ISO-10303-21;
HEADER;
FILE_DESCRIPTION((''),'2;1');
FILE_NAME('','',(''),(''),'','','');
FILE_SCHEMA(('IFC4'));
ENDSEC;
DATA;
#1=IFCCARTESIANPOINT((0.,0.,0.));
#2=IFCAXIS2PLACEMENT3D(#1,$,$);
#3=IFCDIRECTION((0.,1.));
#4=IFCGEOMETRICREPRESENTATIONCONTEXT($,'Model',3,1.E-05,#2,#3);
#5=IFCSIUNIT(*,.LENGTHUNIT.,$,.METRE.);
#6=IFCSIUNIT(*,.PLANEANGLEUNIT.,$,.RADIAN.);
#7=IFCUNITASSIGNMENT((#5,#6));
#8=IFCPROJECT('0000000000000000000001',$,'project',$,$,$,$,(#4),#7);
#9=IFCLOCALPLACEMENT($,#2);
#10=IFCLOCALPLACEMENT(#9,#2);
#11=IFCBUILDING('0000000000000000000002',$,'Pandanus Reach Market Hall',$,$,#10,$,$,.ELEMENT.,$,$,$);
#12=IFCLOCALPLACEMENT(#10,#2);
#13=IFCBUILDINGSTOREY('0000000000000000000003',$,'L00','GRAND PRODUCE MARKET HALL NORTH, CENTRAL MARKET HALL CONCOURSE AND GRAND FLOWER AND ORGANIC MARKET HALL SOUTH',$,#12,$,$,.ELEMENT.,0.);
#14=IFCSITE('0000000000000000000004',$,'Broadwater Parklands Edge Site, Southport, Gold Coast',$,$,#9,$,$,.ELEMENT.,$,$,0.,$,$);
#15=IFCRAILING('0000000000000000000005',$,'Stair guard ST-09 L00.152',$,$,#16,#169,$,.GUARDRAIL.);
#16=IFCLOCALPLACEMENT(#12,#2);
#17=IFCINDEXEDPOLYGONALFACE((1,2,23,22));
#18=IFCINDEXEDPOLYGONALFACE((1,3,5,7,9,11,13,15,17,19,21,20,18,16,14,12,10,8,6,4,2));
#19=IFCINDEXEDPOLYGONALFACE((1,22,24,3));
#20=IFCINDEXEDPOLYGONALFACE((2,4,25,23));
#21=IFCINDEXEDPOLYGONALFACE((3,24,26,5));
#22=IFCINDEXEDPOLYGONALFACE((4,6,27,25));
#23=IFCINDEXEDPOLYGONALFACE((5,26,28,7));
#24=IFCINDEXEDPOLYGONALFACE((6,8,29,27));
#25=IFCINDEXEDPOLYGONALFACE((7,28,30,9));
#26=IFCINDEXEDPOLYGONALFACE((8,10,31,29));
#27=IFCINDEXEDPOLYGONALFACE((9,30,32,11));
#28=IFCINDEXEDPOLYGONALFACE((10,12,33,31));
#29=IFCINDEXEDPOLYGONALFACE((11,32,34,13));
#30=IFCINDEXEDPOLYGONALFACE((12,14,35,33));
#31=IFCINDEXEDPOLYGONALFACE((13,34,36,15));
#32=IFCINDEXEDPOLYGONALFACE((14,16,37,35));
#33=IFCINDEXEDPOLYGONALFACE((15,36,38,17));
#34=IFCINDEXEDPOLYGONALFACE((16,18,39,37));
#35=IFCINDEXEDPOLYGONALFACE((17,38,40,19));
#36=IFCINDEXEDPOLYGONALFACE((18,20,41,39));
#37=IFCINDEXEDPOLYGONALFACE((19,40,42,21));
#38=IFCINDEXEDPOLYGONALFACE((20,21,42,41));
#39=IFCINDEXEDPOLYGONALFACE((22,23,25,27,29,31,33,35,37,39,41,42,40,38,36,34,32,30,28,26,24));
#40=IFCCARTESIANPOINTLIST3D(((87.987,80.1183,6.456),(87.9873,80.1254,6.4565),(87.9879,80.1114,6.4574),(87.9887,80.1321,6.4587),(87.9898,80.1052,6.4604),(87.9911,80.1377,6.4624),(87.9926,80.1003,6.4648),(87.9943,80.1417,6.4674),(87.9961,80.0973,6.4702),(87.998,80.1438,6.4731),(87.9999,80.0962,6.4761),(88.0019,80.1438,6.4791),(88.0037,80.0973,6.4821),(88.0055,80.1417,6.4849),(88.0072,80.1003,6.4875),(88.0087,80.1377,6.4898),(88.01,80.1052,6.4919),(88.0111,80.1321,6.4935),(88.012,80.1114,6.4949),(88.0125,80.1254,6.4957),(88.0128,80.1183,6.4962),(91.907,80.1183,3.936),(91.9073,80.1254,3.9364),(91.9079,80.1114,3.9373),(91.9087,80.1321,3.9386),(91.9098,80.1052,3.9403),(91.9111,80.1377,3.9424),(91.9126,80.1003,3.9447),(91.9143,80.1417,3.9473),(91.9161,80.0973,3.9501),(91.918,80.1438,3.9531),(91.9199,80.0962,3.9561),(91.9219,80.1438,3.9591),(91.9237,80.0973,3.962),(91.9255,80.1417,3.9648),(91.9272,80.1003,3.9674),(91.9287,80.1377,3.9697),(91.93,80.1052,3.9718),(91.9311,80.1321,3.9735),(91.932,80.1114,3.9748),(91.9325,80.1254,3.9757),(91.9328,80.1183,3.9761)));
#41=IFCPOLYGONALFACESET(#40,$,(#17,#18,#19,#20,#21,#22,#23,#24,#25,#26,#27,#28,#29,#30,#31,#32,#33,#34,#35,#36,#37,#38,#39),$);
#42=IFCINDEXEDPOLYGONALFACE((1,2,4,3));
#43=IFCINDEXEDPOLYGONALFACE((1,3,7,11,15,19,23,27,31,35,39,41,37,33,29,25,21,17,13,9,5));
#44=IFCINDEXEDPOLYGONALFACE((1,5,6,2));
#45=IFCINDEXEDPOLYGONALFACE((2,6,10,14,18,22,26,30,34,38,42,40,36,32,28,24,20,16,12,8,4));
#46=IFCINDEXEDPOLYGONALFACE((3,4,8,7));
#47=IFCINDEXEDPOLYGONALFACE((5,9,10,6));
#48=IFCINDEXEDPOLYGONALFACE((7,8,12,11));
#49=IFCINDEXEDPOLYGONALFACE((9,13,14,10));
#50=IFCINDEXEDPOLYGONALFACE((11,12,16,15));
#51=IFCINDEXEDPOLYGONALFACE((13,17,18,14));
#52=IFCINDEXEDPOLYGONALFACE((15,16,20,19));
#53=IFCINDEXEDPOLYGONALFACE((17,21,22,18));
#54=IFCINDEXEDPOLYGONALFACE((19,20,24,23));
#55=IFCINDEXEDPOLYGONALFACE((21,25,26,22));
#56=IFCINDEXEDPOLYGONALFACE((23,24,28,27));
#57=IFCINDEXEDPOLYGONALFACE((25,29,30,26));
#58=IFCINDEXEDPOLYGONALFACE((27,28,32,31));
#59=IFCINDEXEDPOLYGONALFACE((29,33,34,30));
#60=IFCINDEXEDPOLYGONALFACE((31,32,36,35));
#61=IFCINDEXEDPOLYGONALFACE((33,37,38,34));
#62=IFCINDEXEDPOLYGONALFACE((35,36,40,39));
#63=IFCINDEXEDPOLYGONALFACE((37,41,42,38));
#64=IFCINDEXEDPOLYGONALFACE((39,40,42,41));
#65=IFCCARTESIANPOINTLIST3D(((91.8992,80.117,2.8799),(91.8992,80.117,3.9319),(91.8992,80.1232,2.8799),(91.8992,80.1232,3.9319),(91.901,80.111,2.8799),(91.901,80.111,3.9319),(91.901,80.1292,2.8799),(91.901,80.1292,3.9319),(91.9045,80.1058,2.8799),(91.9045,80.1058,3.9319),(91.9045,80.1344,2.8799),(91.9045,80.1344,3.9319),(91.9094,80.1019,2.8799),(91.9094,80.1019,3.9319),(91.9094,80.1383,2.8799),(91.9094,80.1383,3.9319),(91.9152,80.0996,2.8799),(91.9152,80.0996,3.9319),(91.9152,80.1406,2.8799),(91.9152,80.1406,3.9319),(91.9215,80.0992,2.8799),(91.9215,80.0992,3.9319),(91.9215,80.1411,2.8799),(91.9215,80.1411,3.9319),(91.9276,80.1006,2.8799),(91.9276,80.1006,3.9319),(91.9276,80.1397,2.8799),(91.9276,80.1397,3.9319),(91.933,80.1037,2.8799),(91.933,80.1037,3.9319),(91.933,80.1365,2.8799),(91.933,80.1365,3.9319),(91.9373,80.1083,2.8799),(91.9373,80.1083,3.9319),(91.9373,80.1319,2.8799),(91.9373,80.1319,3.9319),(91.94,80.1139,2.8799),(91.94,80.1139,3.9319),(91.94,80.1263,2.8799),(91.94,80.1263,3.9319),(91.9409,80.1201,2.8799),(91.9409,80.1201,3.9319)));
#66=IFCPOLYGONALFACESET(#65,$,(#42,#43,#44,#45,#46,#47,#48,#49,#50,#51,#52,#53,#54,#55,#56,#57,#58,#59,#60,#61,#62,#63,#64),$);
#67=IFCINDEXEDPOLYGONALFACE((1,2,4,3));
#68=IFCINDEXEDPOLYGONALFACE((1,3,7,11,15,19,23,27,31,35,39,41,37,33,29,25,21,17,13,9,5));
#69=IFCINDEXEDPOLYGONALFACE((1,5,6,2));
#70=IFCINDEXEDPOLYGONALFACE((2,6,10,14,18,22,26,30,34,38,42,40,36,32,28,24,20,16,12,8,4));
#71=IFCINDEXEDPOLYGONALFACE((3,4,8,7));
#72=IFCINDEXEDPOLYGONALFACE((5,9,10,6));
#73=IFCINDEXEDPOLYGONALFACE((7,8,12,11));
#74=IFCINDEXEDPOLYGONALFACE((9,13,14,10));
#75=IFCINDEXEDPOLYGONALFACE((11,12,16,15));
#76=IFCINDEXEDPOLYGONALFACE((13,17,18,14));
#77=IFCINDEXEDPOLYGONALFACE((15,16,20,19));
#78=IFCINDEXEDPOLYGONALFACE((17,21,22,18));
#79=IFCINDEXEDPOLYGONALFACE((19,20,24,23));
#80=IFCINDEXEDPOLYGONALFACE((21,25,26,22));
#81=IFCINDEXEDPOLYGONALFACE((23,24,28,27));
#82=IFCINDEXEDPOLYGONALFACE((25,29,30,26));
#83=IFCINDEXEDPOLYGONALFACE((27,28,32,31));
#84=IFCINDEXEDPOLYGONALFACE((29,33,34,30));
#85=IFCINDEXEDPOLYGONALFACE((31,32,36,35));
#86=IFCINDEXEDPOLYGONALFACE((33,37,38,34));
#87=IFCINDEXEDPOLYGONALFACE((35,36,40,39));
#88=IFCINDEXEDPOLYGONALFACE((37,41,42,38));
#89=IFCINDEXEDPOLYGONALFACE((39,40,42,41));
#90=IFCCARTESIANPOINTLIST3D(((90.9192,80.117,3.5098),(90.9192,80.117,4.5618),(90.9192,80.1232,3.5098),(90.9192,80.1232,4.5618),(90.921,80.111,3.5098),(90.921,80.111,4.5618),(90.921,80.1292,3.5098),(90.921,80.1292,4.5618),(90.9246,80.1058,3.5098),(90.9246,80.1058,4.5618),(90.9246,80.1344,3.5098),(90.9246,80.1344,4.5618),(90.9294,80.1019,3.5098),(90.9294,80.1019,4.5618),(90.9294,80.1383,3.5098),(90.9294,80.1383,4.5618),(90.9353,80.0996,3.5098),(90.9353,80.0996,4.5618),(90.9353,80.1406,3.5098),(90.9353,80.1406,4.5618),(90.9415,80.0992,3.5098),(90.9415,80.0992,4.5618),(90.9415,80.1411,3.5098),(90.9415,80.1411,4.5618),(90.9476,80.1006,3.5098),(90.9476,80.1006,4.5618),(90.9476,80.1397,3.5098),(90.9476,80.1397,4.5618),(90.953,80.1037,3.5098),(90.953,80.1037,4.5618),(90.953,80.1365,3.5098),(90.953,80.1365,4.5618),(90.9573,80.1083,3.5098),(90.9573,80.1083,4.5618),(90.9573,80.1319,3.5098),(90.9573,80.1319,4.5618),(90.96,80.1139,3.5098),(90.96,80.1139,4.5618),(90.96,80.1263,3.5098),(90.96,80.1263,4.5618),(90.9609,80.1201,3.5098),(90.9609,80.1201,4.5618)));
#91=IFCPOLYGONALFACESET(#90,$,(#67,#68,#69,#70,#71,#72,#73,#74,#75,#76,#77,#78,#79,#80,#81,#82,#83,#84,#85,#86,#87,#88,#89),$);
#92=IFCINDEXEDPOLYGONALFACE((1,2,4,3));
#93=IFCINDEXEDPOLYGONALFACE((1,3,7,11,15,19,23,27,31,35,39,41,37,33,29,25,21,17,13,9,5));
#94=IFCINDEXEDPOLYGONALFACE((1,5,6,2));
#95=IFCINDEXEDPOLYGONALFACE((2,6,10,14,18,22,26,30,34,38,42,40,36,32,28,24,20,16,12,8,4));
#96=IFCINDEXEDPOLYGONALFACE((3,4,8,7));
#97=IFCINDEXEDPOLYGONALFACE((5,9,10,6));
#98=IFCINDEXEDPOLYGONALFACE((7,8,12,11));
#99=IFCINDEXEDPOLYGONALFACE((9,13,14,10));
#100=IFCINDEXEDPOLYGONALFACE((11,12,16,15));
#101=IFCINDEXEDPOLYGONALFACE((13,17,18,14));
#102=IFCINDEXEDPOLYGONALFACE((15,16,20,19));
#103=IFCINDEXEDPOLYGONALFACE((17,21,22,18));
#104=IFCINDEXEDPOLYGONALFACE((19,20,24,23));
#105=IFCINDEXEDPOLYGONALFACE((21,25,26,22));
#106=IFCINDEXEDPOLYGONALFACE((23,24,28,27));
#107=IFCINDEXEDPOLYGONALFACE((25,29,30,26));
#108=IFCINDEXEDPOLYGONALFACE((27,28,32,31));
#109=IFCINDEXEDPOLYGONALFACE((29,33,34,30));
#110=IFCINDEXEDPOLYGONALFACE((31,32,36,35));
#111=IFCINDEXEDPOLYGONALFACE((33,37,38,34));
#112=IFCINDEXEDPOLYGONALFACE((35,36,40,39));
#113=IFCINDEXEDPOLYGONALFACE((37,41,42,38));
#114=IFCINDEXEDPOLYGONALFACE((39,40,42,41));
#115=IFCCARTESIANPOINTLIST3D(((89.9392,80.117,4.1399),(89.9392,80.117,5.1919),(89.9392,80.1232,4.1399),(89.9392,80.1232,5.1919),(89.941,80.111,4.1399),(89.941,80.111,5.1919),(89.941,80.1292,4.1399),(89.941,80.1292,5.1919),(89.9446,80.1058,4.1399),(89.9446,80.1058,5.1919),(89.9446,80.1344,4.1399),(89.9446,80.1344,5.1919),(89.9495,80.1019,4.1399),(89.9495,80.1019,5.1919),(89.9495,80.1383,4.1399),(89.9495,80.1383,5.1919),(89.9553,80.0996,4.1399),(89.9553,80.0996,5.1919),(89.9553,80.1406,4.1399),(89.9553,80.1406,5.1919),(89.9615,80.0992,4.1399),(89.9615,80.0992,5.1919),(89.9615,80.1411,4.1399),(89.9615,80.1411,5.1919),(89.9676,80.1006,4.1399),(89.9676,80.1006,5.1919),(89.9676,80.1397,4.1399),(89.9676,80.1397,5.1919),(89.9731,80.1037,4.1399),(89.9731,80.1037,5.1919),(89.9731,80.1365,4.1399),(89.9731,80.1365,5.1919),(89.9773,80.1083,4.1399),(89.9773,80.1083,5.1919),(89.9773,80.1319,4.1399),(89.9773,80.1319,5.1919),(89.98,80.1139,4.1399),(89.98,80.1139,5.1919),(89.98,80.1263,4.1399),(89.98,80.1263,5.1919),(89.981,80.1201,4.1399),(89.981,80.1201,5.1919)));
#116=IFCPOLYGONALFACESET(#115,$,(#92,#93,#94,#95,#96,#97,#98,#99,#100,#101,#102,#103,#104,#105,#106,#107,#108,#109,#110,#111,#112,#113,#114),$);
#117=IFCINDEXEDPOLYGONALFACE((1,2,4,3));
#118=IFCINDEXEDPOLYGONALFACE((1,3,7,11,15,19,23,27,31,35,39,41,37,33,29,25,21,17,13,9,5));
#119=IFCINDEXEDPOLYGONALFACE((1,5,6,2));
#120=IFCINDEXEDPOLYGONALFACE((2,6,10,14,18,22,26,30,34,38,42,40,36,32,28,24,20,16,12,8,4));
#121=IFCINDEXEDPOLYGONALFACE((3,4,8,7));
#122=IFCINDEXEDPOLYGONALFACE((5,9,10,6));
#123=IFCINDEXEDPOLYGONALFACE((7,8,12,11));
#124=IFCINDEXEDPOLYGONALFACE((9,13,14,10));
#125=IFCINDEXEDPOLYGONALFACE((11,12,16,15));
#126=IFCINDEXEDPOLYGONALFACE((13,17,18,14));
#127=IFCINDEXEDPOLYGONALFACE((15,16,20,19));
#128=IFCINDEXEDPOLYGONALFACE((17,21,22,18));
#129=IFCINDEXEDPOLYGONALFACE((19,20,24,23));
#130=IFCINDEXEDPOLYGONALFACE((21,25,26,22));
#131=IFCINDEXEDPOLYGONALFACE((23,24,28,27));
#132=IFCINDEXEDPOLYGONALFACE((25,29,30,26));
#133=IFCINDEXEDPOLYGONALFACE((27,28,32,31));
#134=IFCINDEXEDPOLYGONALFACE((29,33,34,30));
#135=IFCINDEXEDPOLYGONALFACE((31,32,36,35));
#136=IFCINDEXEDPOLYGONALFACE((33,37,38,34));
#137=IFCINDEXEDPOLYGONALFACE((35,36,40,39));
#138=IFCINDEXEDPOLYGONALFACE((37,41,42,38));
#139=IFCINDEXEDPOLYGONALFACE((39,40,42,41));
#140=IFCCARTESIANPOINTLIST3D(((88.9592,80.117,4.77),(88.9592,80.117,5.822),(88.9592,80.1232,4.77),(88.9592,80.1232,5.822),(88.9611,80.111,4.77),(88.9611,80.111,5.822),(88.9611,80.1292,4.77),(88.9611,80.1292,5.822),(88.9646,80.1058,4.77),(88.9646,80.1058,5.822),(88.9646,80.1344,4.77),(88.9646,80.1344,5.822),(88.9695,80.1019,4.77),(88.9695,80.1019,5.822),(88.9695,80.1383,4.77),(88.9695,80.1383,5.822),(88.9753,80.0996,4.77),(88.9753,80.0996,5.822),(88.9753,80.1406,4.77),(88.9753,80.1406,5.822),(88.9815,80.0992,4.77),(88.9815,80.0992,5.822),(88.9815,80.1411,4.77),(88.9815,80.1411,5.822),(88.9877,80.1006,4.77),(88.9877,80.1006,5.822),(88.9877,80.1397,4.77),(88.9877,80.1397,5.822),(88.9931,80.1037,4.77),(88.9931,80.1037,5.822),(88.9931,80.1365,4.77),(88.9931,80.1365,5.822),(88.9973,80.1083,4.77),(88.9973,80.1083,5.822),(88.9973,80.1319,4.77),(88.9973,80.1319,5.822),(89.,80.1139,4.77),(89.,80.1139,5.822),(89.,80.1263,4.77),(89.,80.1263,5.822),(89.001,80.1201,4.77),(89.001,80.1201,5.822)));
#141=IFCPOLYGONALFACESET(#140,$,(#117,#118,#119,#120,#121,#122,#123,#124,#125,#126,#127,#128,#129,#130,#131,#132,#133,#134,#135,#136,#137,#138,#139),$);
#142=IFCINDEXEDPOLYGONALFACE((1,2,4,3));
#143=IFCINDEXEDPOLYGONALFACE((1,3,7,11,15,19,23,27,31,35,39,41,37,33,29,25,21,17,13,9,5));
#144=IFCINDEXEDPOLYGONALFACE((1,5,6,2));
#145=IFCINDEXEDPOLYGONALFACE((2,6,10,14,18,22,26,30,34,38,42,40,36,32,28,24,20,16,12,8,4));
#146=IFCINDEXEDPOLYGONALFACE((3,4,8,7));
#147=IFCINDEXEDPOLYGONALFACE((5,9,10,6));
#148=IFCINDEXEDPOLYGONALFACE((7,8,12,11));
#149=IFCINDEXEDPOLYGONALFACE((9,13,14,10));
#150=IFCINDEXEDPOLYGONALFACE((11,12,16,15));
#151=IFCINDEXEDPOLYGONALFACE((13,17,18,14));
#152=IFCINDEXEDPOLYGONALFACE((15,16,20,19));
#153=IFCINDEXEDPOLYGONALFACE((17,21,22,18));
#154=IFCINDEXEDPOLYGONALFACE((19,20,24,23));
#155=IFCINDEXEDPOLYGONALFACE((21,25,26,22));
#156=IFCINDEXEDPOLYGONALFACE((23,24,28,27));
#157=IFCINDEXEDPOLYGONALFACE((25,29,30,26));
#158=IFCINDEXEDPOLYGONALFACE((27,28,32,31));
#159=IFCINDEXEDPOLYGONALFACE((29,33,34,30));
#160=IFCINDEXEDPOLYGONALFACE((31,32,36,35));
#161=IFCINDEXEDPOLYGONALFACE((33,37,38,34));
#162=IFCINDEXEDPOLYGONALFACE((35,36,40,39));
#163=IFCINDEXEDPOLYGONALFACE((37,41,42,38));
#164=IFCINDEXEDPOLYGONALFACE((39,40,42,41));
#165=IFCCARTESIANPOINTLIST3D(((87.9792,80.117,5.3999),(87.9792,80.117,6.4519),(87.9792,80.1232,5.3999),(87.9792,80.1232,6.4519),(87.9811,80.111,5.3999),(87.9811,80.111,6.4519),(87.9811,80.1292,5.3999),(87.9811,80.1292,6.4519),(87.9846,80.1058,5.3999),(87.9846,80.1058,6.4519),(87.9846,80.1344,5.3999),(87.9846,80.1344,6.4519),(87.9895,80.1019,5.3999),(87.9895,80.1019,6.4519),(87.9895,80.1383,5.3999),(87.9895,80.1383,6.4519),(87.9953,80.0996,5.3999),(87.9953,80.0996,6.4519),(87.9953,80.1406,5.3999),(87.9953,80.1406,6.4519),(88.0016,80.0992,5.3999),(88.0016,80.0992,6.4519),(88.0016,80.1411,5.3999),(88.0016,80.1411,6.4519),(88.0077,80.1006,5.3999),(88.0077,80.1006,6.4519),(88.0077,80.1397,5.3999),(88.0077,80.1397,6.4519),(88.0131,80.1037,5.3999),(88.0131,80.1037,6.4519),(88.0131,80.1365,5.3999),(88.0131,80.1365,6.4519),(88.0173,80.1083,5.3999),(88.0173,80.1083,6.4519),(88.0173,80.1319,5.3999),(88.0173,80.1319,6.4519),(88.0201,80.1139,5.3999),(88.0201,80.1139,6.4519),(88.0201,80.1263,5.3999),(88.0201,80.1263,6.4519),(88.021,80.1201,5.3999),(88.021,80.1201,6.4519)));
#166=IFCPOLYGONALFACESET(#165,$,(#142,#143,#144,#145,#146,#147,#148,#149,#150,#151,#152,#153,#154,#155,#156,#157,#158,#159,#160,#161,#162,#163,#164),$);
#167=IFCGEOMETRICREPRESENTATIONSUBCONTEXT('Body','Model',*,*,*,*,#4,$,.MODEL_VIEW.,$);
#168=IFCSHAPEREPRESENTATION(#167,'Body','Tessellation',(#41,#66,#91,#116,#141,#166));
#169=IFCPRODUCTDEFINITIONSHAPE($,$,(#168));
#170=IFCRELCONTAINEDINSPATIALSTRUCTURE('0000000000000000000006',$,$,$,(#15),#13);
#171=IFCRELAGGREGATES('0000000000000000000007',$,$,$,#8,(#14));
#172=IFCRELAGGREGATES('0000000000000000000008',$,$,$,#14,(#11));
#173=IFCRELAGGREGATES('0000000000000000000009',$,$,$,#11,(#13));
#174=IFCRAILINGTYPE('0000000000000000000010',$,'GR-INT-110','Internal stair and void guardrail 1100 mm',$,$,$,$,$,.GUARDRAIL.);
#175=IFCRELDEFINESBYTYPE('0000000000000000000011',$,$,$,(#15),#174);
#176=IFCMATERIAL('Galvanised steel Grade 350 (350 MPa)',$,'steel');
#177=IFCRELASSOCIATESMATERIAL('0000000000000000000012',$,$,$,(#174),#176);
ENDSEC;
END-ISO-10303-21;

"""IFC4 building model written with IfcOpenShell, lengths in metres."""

from ifc_helpers import new_model, si_unit, direction, frame, origin, origin_2d, place, context, subcontext, project, spatial, circle, extrude, material, type_object, element, save


model = new_model("IFC4")

# Units and contexts
model_context = context("Model", 3, precision=1e-05, world=origin(), true_north=direction((0.0, 1.0)))
body_context = subcontext(model_context, "Body", "Model", "MODEL_VIEW")
ifc_project = project(units=[si_unit("LENGTHUNIT", "METRE"), si_unit("PLANEANGLEUNIT", "RADIAN")], contexts=[model_context])

# Site, building, storey
site_placement = place(None, origin())
site = spatial("IfcSite", under=ifc_project, at=site_placement, Name="Broadwater Parklands Edge Site, Southport, Gold Coast", CompositionType="ELEMENT", RefElevation=0.0)
building_placement = place(site_placement, origin())
building = spatial("IfcBuilding", under=site, at=building_placement, Name="Pandanus Reach Market Hall", CompositionType="ELEMENT")
storey_placement = place(building_placement, origin())
storey = spatial("IfcBuildingStorey", under=building, at=storey_placement, Name="L00", Description="GRAND PRODUCE MARKET HALL NORTH, CENTRAL MARKET HALL CONCOURSE AND GRAND FLOWER AND ORGANIC MARKET HALL SOUTH", CompositionType="ELEMENT", Elevation=0.0)

# Railing
ifc_material_1 = material(Name="Galvanised steel Grade 350 (350 MPa)", Category="steel")
railing_type_1 = type_object("IfcRailingType", Name="GR-INT-110", Description="Internal stair and void guardrail 1100 mm", PredefinedType="GUARDRAIL", material=ifc_material_1)
railing_1_placement = place(storey_placement, frame((91.9199, 80.1201, 2.8799)))
element("IfcRailing", 1, at=railing_1_placement, inside=storey, type_object=railing_type_1, Name="Stair guard ST-09 L00.152", PredefinedType="GUARDRAIL", context=body_context, shape_type="SweptSolid", body=[
    extrude(circle(Radius=0.0239, at=origin_2d()), frame((0.0, 0.0, 1.0762), z_axis=(-0.841172, 0.0, 0.540768), x_axis=(0.0, -1.0, 0.0)), (0.0, 0.0, 1.0), 4.6602),
    extrude(circle(Radius=0.021, at=origin_2d()), origin(), (0.0, 0.0, 1.0), 1.052),
    extrude(circle(Radius=0.021, at=origin_2d()), frame((-0.98, 0.0, 0.6299)), (0.0, 0.0, 1.0), 1.052),
    extrude(circle(Radius=0.021, at=origin_2d()), frame((-1.96, 0.0, 1.26)), (0.0, 0.0, 1.0), 1.052),
    extrude(circle(Radius=0.021, at=origin_2d()), frame((-2.9399, 0.0, 1.8901)), (0.0, 0.0, 1.0), 1.052),
    extrude(circle(Radius=0.021, at=origin_2d()), frame((-3.9199, 0.0, 2.52)), (0.0, 0.0, 1.0), 1.052),
])

save(model, "model.ifc")
